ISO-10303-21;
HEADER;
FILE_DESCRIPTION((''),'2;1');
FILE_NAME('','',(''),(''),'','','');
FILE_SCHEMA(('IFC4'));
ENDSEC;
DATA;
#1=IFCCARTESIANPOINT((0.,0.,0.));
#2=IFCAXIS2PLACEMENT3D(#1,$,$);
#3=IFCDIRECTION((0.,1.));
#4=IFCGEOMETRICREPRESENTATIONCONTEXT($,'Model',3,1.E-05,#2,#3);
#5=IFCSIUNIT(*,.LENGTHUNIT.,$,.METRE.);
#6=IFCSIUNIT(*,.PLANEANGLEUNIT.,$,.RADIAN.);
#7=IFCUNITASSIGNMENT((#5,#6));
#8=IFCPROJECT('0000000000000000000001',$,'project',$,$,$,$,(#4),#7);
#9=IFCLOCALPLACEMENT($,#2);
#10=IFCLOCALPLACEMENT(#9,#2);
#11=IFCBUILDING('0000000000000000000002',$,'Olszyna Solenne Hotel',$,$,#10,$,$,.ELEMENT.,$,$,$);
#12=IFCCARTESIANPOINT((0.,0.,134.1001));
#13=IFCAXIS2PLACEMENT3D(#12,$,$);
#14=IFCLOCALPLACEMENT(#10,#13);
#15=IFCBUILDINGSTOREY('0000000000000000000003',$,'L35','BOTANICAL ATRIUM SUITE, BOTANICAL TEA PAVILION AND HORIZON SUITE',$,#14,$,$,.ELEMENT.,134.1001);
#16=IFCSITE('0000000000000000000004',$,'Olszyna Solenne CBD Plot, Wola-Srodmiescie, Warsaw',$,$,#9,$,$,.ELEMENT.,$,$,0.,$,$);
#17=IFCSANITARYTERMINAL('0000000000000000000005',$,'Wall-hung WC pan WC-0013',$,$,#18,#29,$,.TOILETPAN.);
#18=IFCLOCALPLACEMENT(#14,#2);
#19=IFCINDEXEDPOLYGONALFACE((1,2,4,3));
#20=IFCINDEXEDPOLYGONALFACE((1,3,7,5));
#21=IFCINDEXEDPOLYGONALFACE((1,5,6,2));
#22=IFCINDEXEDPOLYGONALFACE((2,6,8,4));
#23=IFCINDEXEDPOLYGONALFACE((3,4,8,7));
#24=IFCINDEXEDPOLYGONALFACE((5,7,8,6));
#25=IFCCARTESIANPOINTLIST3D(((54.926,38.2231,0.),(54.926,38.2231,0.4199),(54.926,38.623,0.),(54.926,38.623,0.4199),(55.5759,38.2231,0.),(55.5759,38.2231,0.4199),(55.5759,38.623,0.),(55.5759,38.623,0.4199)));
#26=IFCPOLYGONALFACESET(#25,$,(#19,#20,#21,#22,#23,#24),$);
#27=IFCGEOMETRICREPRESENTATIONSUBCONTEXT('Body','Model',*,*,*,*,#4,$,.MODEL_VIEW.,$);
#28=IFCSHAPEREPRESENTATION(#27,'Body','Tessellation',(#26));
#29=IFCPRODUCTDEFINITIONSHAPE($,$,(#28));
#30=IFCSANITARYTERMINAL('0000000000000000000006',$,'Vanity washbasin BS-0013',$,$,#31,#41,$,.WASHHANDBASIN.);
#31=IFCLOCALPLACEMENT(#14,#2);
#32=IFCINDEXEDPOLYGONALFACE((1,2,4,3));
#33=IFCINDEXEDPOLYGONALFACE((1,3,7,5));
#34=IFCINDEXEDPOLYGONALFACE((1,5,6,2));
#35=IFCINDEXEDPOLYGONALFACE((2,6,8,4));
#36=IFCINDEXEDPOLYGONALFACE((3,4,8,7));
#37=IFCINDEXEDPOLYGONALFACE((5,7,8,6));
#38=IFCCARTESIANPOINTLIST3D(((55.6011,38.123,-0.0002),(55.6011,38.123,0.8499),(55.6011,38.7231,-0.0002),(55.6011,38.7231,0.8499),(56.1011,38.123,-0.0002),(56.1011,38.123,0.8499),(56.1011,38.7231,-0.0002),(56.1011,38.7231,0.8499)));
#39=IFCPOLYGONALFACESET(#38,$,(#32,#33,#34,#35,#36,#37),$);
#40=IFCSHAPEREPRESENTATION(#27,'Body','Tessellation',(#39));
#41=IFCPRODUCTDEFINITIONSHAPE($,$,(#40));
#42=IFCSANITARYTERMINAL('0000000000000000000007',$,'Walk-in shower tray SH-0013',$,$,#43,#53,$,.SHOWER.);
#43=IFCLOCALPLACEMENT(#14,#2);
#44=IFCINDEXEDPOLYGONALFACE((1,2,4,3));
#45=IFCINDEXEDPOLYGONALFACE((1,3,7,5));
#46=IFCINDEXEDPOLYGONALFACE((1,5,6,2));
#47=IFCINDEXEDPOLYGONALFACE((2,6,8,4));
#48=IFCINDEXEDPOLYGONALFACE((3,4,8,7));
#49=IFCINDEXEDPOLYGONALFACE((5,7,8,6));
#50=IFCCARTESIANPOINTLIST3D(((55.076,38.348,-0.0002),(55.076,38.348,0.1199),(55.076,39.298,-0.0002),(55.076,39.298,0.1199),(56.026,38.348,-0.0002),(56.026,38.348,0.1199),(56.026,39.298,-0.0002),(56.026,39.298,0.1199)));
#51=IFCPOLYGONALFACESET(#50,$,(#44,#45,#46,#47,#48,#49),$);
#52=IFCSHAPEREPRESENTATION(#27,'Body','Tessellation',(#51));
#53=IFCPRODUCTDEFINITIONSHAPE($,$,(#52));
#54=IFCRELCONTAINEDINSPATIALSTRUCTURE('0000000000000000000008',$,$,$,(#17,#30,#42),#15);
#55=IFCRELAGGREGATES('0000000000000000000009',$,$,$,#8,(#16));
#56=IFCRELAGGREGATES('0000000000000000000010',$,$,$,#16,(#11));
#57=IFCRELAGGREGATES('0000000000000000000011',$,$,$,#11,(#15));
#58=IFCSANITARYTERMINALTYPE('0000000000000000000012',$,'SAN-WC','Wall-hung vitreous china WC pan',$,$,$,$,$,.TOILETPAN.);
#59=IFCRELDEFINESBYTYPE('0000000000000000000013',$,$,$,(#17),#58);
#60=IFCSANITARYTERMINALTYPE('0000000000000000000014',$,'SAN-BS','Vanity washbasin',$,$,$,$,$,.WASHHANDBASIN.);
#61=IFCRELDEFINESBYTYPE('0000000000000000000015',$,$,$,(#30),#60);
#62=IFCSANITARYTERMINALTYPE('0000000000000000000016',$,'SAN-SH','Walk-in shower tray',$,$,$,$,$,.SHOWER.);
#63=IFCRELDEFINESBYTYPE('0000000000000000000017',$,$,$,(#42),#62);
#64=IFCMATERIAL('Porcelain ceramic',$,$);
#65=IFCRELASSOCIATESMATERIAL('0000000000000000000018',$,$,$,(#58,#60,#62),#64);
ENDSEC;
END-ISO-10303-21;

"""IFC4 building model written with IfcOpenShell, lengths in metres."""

from ifc_helpers import new_model, si_unit, direction, frame, origin, origin_2d, place, context, subcontext, project, spatial, rectangle, extrude, source, transform, mapped, material, type_object, element, save


model = new_model("IFC4")

# Units and contexts
model_context = context("Model", 3, precision=1e-05, world=origin(), true_north=direction((0.0, 1.0)))
body_context = subcontext(model_context, "Body", "Model", "MODEL_VIEW")
ifc_project = project(units=[si_unit("LENGTHUNIT", "METRE"), si_unit("PLANEANGLEUNIT", "RADIAN")], contexts=[model_context])

# Site, building, storey
site_placement = place(None, origin())
site = spatial("IfcSite", under=ifc_project, at=site_placement, Name="Olszyna Solenne CBD Plot, Wola-Srodmiescie, Warsaw", CompositionType="ELEMENT", RefElevation=0.0)
building_placement = place(site_placement, origin())
building = spatial("IfcBuilding", under=site, at=building_placement, Name="Olszyna Solenne Hotel", CompositionType="ELEMENT")
storey_placement = place(building_placement, frame((0.0, 0.0, 134.1001)))
storey = spatial("IfcBuildingStorey", under=building, at=storey_placement, Name="L35", Description="BOTANICAL ATRIUM SUITE, BOTANICAL TEA PAVILION AND HORIZON SUITE", CompositionType="ELEMENT", Elevation=134.1001)

# Sanitary terminals
ifc_material_1 = material(Name="Porcelain ceramic")
sanitary_terminal_type_1 = type_object("IfcSanitaryTerminalType", Name="SAN-WC", Description="Wall-hung vitreous china WC pan", PredefinedType="TOILETPAN", material=ifc_material_1)
shared_shape_1 = source(origin(), body_context, "Body", "SweptSolid", [
    extrude(rectangle(XDim=0.6499, YDim=0.3999, at=origin_2d()), origin(), (0.0, 0.0, 1.0), 0.4199),
])
sanitary_terminal_1_placement = place(storey_placement, frame((55.251, 38.4231, 0.0), z_axis=(0.0, 0.0, 1.0), x_axis=(1.0, 0.0, 0.0)))
element("IfcSanitaryTerminal", 1, at=sanitary_terminal_1_placement, inside=storey, type_object=sanitary_terminal_type_1, Name="Wall-hung WC pan WC-0013", PredefinedType="TOILETPAN", context=body_context, shape_type="MappedRepresentation", body=[
    mapped(shared_shape_1, transform((0.0, 0.0, 0.0), x_axis=(1.0, 0.0, 0.0), y_axis=(0.0, 1.0, 0.0), z_axis=(0.0, 0.0, 1.0), scale=1.0)),
])
sanitary_terminal_type_2 = type_object("IfcSanitaryTerminalType", Name="SAN-BS", Description="Vanity washbasin", PredefinedType="WASHHANDBASIN", material=ifc_material_1)
shared_shape_2 = source(origin(), body_context, "Body", "SweptSolid", [
    extrude(rectangle(XDim=0.5, YDim=0.6001, at=origin_2d()), origin(), (0.0, 0.0, 1.0), 0.8501),
])
sanitary_terminal_2_placement = place(storey_placement, frame((55.8511, 38.4231, -0.0002), z_axis=(0.0, 0.0, 1.0), x_axis=(1.0, 0.0, 0.0)))
element("IfcSanitaryTerminal", 2, at=sanitary_terminal_2_placement, inside=storey, type_object=sanitary_terminal_type_2, Name="Vanity washbasin BS-0013", PredefinedType="WASHHANDBASIN", context=body_context, shape_type="MappedRepresentation", body=[
    mapped(shared_shape_2, transform((0.0, 0.0, 0.0), x_axis=(1.0, 0.0, 0.0), y_axis=(0.0, 1.0, 0.0), z_axis=(0.0, 0.0, 1.0), scale=1.0)),
])
sanitary_terminal_type_3 = type_object("IfcSanitaryTerminalType", Name="SAN-SH", Description="Walk-in shower tray", PredefinedType="SHOWER", material=ifc_material_1)
shared_shape_3 = source(origin(), body_context, "Body", "SweptSolid", [
    extrude(rectangle(XDim=0.95, YDim=0.95, at=origin_2d()), origin(), (0.0, 0.0, 1.0), 0.1201),
])
sanitary_terminal_3_placement = place(storey_placement, frame((55.551, 38.823, -0.0002), z_axis=(0.0, 0.0, 1.0), x_axis=(1.0, 0.0, 0.0)))
element("IfcSanitaryTerminal", 3, at=sanitary_terminal_3_placement, inside=storey, type_object=sanitary_terminal_type_3, Name="Walk-in shower tray SH-0013", PredefinedType="SHOWER", context=body_context, shape_type="MappedRepresentation", body=[
    mapped(shared_shape_3, transform((0.0, 0.0, 0.0), x_axis=(1.0, 0.0, 0.0), y_axis=(0.0, 1.0, 0.0), z_axis=(0.0, 0.0, 1.0), scale=1.0)),
])

save(model, "model.ifc")
